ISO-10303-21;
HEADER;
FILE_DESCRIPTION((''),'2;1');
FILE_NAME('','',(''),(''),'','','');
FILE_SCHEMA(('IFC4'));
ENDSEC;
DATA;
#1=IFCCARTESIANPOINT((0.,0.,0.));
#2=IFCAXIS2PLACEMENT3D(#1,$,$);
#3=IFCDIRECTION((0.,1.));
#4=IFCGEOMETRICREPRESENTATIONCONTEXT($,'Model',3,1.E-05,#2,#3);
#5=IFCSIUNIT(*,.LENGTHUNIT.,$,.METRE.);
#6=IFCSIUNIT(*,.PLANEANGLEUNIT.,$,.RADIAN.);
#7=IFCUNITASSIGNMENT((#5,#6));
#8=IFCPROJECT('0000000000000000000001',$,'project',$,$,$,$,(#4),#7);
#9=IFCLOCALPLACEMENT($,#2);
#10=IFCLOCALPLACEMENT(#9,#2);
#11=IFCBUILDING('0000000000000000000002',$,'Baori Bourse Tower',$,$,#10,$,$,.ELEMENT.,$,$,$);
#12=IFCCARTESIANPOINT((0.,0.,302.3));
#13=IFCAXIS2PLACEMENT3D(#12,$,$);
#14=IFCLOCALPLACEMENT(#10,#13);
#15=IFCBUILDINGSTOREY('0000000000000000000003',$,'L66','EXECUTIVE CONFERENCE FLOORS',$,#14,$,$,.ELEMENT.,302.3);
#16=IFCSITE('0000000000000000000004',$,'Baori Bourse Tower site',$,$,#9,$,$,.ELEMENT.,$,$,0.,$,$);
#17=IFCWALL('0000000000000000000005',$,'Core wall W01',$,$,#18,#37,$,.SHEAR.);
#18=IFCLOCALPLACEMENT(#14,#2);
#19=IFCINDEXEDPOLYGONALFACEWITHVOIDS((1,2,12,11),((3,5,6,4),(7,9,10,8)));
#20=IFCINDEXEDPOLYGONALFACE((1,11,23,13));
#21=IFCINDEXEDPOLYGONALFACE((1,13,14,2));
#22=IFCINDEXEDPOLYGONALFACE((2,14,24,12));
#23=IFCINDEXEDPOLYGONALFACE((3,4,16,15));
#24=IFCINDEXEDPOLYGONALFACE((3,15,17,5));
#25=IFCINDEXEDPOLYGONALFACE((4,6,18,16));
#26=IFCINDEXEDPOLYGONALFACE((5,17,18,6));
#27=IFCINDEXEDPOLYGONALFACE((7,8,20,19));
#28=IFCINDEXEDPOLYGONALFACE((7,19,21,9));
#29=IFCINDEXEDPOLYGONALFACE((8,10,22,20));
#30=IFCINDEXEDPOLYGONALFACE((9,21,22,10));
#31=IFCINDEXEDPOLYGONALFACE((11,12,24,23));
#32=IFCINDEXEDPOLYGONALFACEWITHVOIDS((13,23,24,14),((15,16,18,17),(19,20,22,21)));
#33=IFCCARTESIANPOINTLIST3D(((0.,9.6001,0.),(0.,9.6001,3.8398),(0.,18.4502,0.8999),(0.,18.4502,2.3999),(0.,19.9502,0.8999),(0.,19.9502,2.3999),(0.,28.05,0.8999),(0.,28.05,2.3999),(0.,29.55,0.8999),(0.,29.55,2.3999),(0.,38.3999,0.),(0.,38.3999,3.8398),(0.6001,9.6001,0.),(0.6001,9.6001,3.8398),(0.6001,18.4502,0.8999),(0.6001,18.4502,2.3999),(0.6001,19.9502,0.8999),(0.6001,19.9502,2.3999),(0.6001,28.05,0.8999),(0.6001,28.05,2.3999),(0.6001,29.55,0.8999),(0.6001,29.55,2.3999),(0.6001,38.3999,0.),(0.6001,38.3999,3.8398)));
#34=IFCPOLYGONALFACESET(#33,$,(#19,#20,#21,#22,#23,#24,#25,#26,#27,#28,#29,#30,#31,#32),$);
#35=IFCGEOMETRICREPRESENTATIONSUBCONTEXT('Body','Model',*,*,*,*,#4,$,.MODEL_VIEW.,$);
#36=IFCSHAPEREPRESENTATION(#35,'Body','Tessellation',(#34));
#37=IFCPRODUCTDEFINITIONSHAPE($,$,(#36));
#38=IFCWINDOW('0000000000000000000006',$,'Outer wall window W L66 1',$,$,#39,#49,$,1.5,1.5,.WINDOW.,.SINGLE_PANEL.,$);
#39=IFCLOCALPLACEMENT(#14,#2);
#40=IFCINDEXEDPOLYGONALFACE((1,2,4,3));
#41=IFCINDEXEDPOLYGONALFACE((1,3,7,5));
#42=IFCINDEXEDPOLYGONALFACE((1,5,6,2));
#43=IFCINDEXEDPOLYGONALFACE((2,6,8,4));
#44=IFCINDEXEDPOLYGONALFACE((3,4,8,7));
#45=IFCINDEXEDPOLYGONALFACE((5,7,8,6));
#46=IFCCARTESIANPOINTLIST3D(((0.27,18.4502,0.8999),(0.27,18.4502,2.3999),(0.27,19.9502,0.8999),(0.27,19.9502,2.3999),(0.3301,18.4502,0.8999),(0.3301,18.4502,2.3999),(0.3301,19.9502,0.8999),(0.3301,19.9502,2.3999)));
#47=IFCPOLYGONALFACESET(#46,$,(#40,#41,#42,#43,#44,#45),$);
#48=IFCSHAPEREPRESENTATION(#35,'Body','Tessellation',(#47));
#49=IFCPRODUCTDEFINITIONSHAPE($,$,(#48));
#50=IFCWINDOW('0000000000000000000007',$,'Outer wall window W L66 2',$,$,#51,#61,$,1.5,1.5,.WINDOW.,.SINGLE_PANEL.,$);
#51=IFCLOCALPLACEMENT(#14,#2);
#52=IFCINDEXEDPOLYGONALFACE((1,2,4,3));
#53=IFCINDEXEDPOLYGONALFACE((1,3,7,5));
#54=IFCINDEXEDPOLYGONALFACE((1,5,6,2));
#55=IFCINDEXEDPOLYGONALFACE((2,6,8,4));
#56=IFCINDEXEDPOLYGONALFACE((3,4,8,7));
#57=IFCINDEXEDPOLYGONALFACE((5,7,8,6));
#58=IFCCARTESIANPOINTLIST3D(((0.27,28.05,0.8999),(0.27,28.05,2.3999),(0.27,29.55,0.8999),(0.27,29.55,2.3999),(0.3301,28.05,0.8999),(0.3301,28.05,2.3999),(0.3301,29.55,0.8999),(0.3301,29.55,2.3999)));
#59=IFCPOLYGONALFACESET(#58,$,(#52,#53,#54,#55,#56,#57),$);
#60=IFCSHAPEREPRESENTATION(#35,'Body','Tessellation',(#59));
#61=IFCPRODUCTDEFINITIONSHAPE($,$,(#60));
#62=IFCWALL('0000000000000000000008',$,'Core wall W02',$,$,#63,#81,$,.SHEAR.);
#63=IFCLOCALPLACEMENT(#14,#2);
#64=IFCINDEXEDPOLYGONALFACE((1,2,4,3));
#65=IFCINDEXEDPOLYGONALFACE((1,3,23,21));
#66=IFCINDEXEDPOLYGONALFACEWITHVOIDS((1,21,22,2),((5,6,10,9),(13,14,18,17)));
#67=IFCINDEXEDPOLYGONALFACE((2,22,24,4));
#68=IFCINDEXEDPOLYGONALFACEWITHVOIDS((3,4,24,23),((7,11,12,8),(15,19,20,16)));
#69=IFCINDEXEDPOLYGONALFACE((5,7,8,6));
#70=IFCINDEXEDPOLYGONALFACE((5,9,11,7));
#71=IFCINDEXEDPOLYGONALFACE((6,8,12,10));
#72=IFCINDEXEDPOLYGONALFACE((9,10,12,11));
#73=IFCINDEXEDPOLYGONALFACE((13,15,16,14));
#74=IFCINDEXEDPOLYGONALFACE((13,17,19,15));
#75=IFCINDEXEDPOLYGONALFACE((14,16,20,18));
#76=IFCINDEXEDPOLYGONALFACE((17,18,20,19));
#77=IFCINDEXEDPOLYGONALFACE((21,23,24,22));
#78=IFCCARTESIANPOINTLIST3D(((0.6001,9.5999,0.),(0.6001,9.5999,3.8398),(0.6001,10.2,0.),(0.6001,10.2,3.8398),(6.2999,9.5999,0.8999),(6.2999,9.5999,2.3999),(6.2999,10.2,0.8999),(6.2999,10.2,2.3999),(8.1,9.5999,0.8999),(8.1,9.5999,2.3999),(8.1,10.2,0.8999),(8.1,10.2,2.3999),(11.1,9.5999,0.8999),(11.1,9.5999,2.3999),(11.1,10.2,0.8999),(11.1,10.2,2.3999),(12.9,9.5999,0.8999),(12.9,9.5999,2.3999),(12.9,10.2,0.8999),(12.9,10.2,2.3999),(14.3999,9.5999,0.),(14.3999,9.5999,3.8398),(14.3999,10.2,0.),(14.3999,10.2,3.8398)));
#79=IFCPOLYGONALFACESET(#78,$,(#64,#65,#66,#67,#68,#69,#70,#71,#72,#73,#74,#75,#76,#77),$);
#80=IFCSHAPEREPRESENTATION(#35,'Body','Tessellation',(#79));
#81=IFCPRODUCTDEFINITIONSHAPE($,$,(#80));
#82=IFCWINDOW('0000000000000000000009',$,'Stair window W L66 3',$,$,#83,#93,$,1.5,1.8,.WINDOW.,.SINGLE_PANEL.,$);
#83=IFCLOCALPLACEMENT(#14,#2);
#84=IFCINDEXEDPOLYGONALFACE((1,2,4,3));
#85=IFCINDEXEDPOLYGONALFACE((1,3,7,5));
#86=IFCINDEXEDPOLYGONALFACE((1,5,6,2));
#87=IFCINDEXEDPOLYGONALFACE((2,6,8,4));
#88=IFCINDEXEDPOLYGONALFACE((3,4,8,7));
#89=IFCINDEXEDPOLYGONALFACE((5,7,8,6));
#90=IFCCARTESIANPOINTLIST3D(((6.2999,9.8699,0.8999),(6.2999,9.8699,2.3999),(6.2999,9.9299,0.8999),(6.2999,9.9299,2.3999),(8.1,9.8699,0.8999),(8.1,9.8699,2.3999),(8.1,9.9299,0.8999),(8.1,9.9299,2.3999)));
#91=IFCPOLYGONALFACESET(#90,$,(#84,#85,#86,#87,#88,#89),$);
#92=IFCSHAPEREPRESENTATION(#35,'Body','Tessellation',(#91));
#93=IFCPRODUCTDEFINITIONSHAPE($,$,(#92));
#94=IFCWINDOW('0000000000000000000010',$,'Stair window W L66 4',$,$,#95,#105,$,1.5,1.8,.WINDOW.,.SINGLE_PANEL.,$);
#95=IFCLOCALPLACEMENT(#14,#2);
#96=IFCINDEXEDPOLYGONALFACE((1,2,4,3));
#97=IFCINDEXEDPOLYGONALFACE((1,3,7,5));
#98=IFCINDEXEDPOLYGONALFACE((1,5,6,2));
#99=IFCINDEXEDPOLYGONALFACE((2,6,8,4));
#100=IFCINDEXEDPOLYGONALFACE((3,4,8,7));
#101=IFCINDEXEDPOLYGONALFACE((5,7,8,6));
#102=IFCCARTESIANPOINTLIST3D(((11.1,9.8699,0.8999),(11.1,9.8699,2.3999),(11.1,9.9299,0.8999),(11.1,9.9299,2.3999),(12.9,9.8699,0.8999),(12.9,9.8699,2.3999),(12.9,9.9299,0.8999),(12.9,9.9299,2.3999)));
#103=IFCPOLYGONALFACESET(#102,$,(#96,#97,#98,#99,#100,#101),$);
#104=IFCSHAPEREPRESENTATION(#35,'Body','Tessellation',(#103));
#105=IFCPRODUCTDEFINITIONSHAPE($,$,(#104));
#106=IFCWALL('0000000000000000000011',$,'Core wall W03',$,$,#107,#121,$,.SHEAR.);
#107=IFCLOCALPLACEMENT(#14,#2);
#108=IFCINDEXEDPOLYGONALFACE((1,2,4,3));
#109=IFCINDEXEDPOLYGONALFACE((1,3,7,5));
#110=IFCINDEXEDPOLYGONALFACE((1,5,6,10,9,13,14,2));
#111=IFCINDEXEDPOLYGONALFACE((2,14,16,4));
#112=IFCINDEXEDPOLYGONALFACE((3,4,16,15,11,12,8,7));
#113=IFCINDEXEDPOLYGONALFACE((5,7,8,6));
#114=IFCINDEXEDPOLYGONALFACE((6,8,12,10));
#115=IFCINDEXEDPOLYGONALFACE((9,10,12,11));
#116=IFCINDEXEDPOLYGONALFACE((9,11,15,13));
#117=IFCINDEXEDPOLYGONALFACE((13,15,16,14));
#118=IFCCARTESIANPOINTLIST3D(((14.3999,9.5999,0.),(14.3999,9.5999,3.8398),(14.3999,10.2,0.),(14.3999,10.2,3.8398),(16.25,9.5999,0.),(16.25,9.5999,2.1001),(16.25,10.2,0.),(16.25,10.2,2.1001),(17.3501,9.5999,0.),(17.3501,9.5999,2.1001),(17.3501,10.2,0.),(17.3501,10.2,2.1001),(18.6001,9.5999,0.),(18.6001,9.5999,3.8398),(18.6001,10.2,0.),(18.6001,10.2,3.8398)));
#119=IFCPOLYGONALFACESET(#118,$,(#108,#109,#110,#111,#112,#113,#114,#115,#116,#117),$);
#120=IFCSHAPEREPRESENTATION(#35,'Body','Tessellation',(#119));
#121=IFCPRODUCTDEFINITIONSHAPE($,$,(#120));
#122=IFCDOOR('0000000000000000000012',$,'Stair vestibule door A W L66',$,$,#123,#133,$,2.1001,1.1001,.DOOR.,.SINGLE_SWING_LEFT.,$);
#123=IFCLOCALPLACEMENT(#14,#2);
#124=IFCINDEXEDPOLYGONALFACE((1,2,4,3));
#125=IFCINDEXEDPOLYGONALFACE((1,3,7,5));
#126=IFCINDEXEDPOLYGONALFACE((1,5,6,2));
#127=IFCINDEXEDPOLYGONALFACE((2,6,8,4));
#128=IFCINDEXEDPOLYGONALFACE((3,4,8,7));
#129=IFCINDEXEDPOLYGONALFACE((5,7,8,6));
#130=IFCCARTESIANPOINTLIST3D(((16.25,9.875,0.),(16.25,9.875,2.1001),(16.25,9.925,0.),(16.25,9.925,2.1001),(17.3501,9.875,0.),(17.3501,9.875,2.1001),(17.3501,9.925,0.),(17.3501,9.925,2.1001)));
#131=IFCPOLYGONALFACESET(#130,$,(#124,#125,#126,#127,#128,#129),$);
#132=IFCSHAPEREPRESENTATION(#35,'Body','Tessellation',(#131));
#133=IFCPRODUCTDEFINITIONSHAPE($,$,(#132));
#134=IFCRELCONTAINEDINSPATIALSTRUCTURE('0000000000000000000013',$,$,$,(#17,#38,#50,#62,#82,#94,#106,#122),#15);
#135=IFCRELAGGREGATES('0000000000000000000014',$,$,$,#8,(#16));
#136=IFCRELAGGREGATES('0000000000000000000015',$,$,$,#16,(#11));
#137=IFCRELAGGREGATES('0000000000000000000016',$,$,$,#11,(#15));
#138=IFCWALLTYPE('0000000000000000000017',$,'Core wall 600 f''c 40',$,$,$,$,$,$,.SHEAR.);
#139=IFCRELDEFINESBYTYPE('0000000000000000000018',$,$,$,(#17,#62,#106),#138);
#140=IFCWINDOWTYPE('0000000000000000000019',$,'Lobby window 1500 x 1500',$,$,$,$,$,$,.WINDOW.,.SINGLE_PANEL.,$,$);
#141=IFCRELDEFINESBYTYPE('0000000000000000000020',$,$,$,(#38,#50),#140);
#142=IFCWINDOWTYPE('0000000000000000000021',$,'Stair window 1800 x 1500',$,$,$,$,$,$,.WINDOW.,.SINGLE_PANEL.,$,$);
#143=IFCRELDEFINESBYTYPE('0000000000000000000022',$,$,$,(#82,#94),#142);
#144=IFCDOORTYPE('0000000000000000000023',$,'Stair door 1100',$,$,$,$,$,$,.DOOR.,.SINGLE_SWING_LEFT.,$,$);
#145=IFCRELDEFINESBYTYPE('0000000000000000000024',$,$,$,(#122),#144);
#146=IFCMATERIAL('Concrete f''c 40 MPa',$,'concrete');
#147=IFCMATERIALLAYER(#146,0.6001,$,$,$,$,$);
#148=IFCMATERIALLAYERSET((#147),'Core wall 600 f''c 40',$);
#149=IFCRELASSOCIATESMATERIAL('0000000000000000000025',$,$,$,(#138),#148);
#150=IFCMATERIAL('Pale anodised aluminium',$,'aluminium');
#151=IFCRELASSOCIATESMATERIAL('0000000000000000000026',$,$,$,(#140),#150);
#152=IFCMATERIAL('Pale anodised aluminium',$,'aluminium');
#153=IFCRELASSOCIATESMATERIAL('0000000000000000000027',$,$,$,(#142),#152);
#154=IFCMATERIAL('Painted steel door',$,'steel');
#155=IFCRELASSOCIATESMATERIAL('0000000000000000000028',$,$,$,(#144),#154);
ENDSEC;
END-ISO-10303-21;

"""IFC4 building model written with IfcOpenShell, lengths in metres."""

from ifc_helpers import new_model, si_unit, direction, frame, frame_2d, origin, place, context, subcontext, project, spatial, rectangle, extrude, material, layer, layer_set, type_object, element, fill, save


model = new_model("IFC4")

# Units and contexts
model_context = context("Model", 3, precision=1e-05, world=origin(), true_north=direction((0.0, 1.0)))
body_context = subcontext(model_context, "Body", "Model", "MODEL_VIEW")
ifc_project = project(units=[si_unit("LENGTHUNIT", "METRE"), si_unit("PLANEANGLEUNIT", "RADIAN")], contexts=[model_context])

# Site, building, storey
site_placement = place(None, origin())
site = spatial("IfcSite", under=ifc_project, at=site_placement, Name="Baori Bourse Tower site", CompositionType="ELEMENT", RefElevation=0.0)
building_placement = place(site_placement, origin())
building = spatial("IfcBuilding", under=site, at=building_placement, Name="Baori Bourse Tower", CompositionType="ELEMENT")
storey_placement = place(building_placement, frame((0.0, 0.0, 302.3)))
storey = spatial("IfcBuildingStorey", under=building, at=storey_placement, Name="L66", Description="EXECUTIVE CONFERENCE FLOORS", CompositionType="ELEMENT", Elevation=302.3)

# Walls, openings, windows
ifc_material_1 = material(Name="Concrete f'c 40 MPa", Category="concrete")
ifc_layer_1 = layer(ifc_material_1, 0.6001)
ifc_layer_set_1 = layer_set([ifc_layer_1], Name="Core wall 600 f'c 40")
wall_type_1 = type_object("IfcWallType", Name="Core wall 600 f'c 40", PredefinedType="SHEAR", material=ifc_layer_set_1)
wall_1_placement = place(storey_placement, frame((0.3, 9.6001, 0.0), z_axis=(0.0, 0.0, 1.0), x_axis=(0.0, 1.0, 0.0)))
wall_1 = element("IfcWall", 1, at=wall_1_placement, inside=storey, type_object=wall_type_1, Name="Core wall W01", PredefinedType="SHEAR", context=body_context, shape_type="SweptSolid", body=[
    extrude(rectangle(XDim=28.7998, YDim=0.6001, at=frame_2d((14.3999, 0.0))), origin(), (0.0, 0.0, 1.0), 3.8398),
])
opening_1_placement = place(wall_1_placement, frame((8.8501, 0.0, 0.8999)))
opening_1 = element("IfcOpeningElement", 2, at=opening_1_placement, cuts=wall_1, PredefinedType="OPENING", context=body_context, shape_type="SweptSolid", body=[
    extrude(rectangle(XDim=1.5, YDim=1.5, at=frame_2d((0.75, 0.75))), frame((0.0, 0.3101, 0.0), z_axis=(0.0, -1.0, 0.0), x_axis=(1.0, 0.0, 0.0)), (0.0, 0.0, 1.0), 0.6201),
])
opening_2_placement = place(wall_1_placement, frame((18.45, 0.0, 0.8999)))
opening_2 = element("IfcOpeningElement", 3, at=opening_2_placement, cuts=wall_1, PredefinedType="OPENING", context=body_context, shape_type="SweptSolid", body=[
    extrude(rectangle(XDim=1.5, YDim=1.5, at=frame_2d((0.75, 0.75))), frame((0.0, 0.3101, 0.0), z_axis=(0.0, -1.0, 0.0), x_axis=(1.0, 0.0, 0.0)), (0.0, 0.0, 1.0), 0.6201),
])
ifc_material_2 = material(Name="Pale anodised aluminium", Category="aluminium")
window_type_1 = type_object("IfcWindowType", Name="Lobby window 1500 x 1500", PartitioningType="SINGLE_PANEL", PredefinedType="WINDOW", material=ifc_material_2)
window_1_placement = place(opening_1_placement, origin())
window_1 = element("IfcWindow", 4, at=window_1_placement, inside=storey, type_object=window_type_1, Name="Outer wall window W L66 1", OverallHeight=1.5, OverallWidth=1.5, PartitioningType="SINGLE_PANEL", PredefinedType="WINDOW", context=body_context, shape_type="SweptSolid", body=[
    extrude(rectangle(XDim=1.5, YDim=1.5, at=frame_2d((0.75, 0.75))), frame((0.0, 0.03, 0.0), z_axis=(0.0, -1.0, 0.0), x_axis=(1.0, 0.0, 0.0)), (0.0, 0.0, 1.0), 0.0601),
])
fill(opening_1, window_1)
window_2_placement = place(opening_2_placement, origin())
window_2 = element("IfcWindow", 5, at=window_2_placement, inside=storey, type_object=window_type_1, Name="Outer wall window W L66 2", OverallHeight=1.5, OverallWidth=1.5, PartitioningType="SINGLE_PANEL", PredefinedType="WINDOW", context=body_context, shape_type="SweptSolid", body=[
    extrude(rectangle(XDim=1.5, YDim=1.5, at=frame_2d((0.75, 0.75))), frame((0.0, 0.03, 0.0), z_axis=(0.0, -1.0, 0.0), x_axis=(1.0, 0.0, 0.0)), (0.0, 0.0, 1.0), 0.0601),
])
fill(opening_2, window_2)
wall_2_placement = place(storey_placement, frame((14.3999, 9.8999, 0.0), z_axis=(0.0, 0.0, 1.0), x_axis=(-1.0, 0.0, 0.0)))
wall_2 = element("IfcWall", 6, at=wall_2_placement, inside=storey, type_object=wall_type_1, Name="Core wall W02", PredefinedType="SHEAR", context=body_context, shape_type="SweptSolid", body=[
    extrude(rectangle(XDim=13.7998, YDim=0.6001, at=frame_2d((6.8999, 0.0))), origin(), (0.0, 0.0, 1.0), 3.8398),
])
opening_3_placement = place(wall_2_placement, frame((6.3, 0.0, 0.8999)))
opening_3 = element("IfcOpeningElement", 7, at=opening_3_placement, cuts=wall_2, PredefinedType="OPENING", context=body_context, shape_type="SweptSolid", body=[
    extrude(rectangle(XDim=1.8, YDim=1.5, at=frame_2d((0.8999, 0.75))), frame((0.0, 0.3101, 0.0), z_axis=(0.0, -1.0, 0.0), x_axis=(1.0, 0.0, 0.0)), (0.0, 0.0, 1.0), 0.6201),
])
opening_4_placement = place(wall_2_placement, frame((1.5, 0.0, 0.8999)))
opening_4 = element("IfcOpeningElement", 8, at=opening_4_placement, cuts=wall_2, PredefinedType="OPENING", context=body_context, shape_type="SweptSolid", body=[
    extrude(rectangle(XDim=1.8, YDim=1.5, at=frame_2d((0.8999, 0.75))), frame((0.0, 0.3101, 0.0), z_axis=(0.0, -1.0, 0.0), x_axis=(1.0, 0.0, 0.0)), (0.0, 0.0, 1.0), 0.6201),
])
ifc_material_3 = material(Name="Pale anodised aluminium", Category="aluminium")
window_type_2 = type_object("IfcWindowType", Name="Stair window 1800 x 1500", PartitioningType="SINGLE_PANEL", PredefinedType="WINDOW", material=ifc_material_3)
window_3_placement = place(opening_3_placement, origin())
window_3 = element("IfcWindow", 9, at=window_3_placement, inside=storey, type_object=window_type_2, Name="Stair window W L66 3", OverallHeight=1.5, OverallWidth=1.8, PartitioningType="SINGLE_PANEL", PredefinedType="WINDOW", context=body_context, shape_type="SweptSolid", body=[
    extrude(rectangle(XDim=1.8, YDim=1.5, at=frame_2d((0.8999, 0.75))), frame((0.0, 0.03, 0.0), z_axis=(0.0, -1.0, 0.0), x_axis=(1.0, 0.0, 0.0)), (0.0, 0.0, 1.0), 0.0601),
])
fill(opening_3, window_3)
window_4_placement = place(opening_4_placement, origin())
window_4 = element("IfcWindow", 10, at=window_4_placement, inside=storey, type_object=window_type_2, Name="Stair window W L66 4", OverallHeight=1.5, OverallWidth=1.8, PartitioningType="SINGLE_PANEL", PredefinedType="WINDOW", context=body_context, shape_type="SweptSolid", body=[
    extrude(rectangle(XDim=1.8, YDim=1.5, at=frame_2d((0.8999, 0.75))), frame((0.0, 0.03, 0.0), z_axis=(0.0, -1.0, 0.0), x_axis=(1.0, 0.0, 0.0)), (0.0, 0.0, 1.0), 0.0601),
])
fill(opening_4, window_4)

# Wall, opening, door
wall_3_placement = place(storey_placement, frame((18.6001, 9.8999, 0.0), z_axis=(0.0, 0.0, 1.0), x_axis=(-1.0, 0.0, 0.0)))
wall_3 = element("IfcWall", 11, at=wall_3_placement, inside=storey, type_object=wall_type_1, Name="Core wall W03", PredefinedType="SHEAR", context=body_context, shape_type="SweptSolid", body=[
    extrude(rectangle(XDim=4.2002, YDim=0.6001, at=frame_2d((2.1001, 0.0))), origin(), (0.0, 0.0, 1.0), 3.8398),
])
opening_5_placement = place(wall_3_placement, frame((1.25, 0.0, 0.0)))
opening_5 = element("IfcOpeningElement", 12, at=opening_5_placement, cuts=wall_3, PredefinedType="OPENING", context=body_context, shape_type="SweptSolid", body=[
    extrude(rectangle(XDim=1.1001, YDim=2.1001, at=frame_2d((0.55, 1.05))), frame((0.0, 0.3101, 0.0), z_axis=(0.0, -1.0, 0.0), x_axis=(1.0, 0.0, 0.0)), (0.0, 0.0, 1.0), 0.6201),
])
ifc_material_4 = material(Name="Painted steel door", Category="steel")
door_type_1 = type_object("IfcDoorType", Name="Stair door 1100", OperationType="SINGLE_SWING_LEFT", PredefinedType="DOOR", material=ifc_material_4)
door_1_placement = place(opening_5_placement, origin())
door_1 = element("IfcDoor", 13, at=door_1_placement, inside=storey, type_object=door_type_1, Name="Stair vestibule door A W L66", OperationType="SINGLE_SWING_LEFT", OverallHeight=2.1001, OverallWidth=1.1001, PredefinedType="DOOR", context=body_context, shape_type="SweptSolid", body=[
    extrude(rectangle(XDim=1.1001, YDim=2.1001, at=frame_2d((0.55, 1.05))), frame((0.0, 0.0249, 0.0), z_axis=(0.0, -1.0, 0.0), x_axis=(1.0, 0.0, 0.0)), (0.0, 0.0, 1.0), 0.05),
])
fill(opening_5, door_1)

save(model, "model.ifc")
